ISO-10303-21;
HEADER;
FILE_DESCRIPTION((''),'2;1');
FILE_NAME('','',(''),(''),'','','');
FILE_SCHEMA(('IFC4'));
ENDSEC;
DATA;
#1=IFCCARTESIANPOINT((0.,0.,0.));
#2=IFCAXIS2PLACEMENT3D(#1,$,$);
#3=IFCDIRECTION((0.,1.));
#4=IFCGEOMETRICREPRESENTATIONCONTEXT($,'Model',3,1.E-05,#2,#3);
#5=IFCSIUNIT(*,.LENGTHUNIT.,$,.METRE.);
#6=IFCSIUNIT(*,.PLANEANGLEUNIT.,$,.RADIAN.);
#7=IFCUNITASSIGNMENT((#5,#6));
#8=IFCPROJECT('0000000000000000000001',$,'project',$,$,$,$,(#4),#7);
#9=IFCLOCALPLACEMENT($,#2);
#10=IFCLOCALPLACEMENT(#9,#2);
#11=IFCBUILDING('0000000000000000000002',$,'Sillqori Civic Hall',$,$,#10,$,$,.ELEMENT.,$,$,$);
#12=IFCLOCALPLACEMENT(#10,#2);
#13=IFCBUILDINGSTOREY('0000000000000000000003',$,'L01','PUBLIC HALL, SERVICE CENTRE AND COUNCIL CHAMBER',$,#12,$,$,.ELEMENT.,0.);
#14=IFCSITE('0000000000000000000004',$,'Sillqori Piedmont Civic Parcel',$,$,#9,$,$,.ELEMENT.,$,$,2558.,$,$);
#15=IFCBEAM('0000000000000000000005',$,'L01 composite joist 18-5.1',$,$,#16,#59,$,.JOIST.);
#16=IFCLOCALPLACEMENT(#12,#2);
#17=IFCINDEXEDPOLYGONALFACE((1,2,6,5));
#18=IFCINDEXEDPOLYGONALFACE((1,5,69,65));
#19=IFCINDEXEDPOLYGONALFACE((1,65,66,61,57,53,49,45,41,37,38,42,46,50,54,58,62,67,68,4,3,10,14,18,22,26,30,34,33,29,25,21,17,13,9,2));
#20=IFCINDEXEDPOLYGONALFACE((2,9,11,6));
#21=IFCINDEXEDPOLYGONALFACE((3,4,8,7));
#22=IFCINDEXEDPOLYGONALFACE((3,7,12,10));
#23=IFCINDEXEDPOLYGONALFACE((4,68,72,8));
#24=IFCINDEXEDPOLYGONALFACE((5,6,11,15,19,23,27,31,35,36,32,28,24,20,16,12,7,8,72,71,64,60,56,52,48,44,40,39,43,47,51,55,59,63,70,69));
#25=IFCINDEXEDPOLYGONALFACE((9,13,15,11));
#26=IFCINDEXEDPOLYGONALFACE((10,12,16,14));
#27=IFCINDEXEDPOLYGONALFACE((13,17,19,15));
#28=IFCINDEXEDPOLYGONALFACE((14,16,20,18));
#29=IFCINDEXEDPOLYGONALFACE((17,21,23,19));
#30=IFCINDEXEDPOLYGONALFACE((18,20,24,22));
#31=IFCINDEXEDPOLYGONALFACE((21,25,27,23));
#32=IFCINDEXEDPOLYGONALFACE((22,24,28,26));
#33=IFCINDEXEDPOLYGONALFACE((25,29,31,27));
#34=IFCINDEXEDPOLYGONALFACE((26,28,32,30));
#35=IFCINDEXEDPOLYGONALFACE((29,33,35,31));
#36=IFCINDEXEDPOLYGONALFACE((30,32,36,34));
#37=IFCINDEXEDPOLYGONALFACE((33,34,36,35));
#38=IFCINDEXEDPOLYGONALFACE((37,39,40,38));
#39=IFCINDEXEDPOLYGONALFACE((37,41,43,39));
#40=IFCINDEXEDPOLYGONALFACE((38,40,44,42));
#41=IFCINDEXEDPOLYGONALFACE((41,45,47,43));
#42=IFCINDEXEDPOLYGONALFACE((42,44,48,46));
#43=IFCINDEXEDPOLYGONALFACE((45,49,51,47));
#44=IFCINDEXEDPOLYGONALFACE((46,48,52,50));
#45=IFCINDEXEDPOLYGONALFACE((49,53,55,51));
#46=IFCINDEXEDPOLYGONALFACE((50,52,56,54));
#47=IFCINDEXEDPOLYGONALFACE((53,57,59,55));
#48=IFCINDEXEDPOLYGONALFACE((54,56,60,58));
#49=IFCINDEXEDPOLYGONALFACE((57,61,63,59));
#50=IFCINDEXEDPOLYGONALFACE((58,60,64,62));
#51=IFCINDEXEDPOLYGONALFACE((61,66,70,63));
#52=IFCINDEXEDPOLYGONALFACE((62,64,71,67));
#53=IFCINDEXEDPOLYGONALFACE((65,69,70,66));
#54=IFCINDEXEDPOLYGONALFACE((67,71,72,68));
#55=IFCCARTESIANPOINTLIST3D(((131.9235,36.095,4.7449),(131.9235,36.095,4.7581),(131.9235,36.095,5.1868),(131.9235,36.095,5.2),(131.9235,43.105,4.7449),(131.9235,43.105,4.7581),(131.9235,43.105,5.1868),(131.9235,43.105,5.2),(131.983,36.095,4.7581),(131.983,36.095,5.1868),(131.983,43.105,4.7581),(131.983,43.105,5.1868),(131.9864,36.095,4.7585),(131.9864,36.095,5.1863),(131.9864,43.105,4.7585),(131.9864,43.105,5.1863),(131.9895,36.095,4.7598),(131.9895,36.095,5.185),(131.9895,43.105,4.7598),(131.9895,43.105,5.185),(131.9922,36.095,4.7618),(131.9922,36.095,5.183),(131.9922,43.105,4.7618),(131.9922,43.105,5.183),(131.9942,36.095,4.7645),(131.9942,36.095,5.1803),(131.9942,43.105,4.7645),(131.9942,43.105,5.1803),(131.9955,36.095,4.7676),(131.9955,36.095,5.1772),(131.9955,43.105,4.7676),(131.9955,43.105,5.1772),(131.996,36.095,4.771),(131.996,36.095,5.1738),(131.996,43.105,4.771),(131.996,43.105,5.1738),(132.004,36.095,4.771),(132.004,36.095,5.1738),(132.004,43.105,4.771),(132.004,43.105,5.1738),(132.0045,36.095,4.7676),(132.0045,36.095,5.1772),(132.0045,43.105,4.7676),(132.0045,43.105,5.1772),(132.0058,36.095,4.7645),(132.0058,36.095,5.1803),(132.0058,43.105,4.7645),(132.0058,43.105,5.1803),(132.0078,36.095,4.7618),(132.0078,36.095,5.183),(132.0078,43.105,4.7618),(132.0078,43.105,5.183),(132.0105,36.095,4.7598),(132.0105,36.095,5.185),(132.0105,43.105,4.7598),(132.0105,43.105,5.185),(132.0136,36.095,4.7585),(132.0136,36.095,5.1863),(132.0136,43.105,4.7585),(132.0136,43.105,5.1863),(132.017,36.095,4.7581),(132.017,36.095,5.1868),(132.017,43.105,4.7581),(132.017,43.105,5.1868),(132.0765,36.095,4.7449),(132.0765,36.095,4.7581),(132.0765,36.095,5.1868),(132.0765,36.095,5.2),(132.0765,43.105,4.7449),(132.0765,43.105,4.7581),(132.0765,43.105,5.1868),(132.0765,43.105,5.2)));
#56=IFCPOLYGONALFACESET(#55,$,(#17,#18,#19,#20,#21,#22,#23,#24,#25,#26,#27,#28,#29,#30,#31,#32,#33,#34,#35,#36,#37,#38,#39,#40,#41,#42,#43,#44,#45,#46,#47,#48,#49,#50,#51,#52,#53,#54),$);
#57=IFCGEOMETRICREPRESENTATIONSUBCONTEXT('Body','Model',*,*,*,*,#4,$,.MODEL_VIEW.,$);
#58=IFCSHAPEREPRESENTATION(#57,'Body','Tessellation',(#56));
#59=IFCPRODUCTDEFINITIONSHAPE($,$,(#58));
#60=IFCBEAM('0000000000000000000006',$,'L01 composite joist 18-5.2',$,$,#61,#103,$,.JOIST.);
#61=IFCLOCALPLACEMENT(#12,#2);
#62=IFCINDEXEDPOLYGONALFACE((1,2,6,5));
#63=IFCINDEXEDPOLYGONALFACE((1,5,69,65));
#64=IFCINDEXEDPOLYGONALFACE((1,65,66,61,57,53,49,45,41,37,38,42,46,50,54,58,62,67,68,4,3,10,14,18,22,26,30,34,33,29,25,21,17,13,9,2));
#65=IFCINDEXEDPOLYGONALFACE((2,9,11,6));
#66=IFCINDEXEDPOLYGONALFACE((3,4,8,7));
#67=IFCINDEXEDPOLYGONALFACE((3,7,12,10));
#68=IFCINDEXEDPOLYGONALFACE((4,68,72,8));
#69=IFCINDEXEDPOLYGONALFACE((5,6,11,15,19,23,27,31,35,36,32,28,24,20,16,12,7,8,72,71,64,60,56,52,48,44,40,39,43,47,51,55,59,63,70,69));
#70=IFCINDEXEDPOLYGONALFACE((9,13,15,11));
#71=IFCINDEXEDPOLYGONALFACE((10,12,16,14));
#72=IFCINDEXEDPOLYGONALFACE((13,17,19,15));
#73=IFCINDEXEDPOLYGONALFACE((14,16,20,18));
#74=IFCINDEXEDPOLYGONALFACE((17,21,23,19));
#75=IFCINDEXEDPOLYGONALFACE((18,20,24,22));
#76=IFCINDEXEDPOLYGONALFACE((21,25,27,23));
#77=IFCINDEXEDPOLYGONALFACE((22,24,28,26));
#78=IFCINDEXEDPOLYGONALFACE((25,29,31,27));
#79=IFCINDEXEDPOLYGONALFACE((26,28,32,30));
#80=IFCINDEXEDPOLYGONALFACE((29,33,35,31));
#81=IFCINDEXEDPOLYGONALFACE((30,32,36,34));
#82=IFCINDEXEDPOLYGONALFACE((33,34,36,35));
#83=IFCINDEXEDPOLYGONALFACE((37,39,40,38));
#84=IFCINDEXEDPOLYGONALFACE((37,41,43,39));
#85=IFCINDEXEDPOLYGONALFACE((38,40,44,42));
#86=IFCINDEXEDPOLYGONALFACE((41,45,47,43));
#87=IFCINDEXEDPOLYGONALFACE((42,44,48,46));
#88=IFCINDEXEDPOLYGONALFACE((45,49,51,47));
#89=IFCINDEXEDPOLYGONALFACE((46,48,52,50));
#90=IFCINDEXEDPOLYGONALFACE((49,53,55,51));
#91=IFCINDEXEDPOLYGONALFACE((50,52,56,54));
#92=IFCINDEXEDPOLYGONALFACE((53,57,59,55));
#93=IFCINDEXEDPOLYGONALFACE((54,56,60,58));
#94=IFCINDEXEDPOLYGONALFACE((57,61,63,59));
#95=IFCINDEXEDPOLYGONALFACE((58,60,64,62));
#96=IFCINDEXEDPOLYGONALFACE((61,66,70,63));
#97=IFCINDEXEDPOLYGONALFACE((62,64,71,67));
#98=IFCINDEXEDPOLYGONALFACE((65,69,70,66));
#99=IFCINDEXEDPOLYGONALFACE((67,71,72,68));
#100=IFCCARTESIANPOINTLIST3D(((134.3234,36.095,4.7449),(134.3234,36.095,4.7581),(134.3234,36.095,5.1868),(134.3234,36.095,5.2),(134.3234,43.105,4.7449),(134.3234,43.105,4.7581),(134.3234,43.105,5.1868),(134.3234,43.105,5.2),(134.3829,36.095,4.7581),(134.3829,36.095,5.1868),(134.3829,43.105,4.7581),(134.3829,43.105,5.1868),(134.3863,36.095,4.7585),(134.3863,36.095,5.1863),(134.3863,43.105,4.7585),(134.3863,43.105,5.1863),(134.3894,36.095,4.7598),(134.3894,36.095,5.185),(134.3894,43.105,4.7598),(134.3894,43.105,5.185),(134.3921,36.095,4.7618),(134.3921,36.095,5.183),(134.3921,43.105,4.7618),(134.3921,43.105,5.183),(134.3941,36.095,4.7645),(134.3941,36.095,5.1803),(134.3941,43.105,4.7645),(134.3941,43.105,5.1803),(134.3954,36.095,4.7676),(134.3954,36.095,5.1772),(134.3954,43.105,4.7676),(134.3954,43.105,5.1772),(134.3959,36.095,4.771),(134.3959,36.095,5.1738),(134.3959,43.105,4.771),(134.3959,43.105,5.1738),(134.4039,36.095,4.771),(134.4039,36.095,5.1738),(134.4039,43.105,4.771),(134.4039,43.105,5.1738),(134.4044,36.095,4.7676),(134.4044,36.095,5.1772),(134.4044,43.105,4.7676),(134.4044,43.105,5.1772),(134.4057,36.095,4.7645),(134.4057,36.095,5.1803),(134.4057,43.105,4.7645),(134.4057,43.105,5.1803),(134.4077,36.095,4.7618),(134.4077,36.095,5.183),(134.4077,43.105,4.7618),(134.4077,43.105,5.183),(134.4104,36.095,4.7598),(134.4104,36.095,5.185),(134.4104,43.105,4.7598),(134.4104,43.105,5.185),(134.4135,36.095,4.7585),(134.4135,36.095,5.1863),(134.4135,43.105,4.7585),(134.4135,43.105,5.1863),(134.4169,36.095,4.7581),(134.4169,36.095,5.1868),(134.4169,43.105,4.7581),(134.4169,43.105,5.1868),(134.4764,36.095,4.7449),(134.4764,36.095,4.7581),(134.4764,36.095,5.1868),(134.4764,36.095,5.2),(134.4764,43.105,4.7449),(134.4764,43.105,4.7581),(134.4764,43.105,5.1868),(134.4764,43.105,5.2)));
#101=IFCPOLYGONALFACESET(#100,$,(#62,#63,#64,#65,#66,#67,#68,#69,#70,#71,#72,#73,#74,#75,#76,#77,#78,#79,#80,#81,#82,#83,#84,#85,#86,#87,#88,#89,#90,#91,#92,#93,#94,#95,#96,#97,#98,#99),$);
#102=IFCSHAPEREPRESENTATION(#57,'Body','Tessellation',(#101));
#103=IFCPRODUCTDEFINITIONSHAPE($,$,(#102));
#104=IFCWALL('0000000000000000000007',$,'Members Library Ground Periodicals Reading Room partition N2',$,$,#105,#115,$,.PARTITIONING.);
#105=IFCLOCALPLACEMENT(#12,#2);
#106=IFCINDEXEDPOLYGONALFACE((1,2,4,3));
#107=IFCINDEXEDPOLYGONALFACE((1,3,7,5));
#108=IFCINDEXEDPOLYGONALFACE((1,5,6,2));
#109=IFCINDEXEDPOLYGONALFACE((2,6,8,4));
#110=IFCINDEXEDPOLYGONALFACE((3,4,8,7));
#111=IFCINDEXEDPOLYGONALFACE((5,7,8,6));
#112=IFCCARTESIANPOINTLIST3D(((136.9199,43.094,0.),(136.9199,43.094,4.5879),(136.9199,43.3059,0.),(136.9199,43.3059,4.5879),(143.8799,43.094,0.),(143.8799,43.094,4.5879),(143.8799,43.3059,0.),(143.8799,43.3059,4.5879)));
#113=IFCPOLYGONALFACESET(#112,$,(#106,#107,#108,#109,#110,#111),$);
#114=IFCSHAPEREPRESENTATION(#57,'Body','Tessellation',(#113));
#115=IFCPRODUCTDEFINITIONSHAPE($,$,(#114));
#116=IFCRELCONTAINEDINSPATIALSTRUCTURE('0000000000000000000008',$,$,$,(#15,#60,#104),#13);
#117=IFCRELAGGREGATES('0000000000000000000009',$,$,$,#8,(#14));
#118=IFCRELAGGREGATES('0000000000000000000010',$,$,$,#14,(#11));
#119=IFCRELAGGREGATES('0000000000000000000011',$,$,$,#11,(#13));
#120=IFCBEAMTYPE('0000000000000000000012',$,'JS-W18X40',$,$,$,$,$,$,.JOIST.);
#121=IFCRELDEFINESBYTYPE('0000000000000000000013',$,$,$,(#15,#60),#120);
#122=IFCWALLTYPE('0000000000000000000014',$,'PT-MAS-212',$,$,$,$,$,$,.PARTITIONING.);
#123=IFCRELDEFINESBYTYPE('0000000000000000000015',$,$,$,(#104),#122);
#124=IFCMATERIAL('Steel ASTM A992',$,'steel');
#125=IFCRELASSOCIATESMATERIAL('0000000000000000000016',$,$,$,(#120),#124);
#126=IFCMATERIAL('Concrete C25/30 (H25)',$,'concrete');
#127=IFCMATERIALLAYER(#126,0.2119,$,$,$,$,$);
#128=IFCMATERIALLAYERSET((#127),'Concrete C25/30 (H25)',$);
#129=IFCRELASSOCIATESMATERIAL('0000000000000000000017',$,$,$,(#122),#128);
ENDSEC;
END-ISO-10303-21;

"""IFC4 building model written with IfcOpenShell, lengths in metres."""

from ifc_helpers import new_model, si_unit, direction, frame, frame_2d, origin, origin_2d, place, context, subcontext, project, spatial, rectangle, i_section, extrude, material, layer, layer_set, material_profile, profile_set, type_object, element, save


model = new_model("IFC4")

# Units and contexts
model_context = context("Model", 3, precision=1e-05, world=origin(), true_north=direction((0.0, 1.0)))
body_context = subcontext(model_context, "Body", "Model", "MODEL_VIEW")
ifc_project = project(units=[si_unit("LENGTHUNIT", "METRE"), si_unit("PLANEANGLEUNIT", "RADIAN")], contexts=[model_context])

# Site, building, storey
site_placement = place(None, origin())
site = spatial("IfcSite", under=ifc_project, at=site_placement, Name="Sillqori Piedmont Civic Parcel", CompositionType="ELEMENT", RefElevation=2558.0)
building_placement = place(site_placement, origin())
building = spatial("IfcBuilding", under=site, at=building_placement, Name="Sillqori Civic Hall", CompositionType="ELEMENT")
storey_placement = place(building_placement, origin())
storey = spatial("IfcBuildingStorey", under=building, at=storey_placement, Name="L01", Description="PUBLIC HALL, SERVICE CENTRE AND COUNCIL CHAMBER", CompositionType="ELEMENT", Elevation=0.0)

# Shared definitions
ifc_material_1 = material(Name="Steel ASTM A992", Category="steel")

# Beams
ifc_material_profile_1 = material_profile(ifc_material_1, i_section(OverallWidth=0.1531, OverallDepth=0.4551, WebThickness=0.0081, FlangeThickness=0.0132, FilletRadius=0.0129, at=origin_2d()), Name="W18X40")
ifc_profile_set_1 = profile_set([ifc_material_profile_1], Name="Steel ASTM A992")
beam_type_1 = type_object("IfcBeamType", Name="JS-W18X40", PredefinedType="JOIST", material=ifc_profile_set_1)
for number, where, z_axis, x_axis, name in (
    (1, (132.0, 36.095, 4.9724), (0.0, 1.0, 0.0), (-1.0, 0.0, 0.0), "L01 composite joist 18-5.1"),
    (2, (134.3999, 36.095, 4.9724), (0.0, 1.0, 0.0), (-1.0, 0.0, 0.0), "L01 composite joist 18-5.2"),
):
    element("IfcBeam", number, at=place(storey_placement, frame(where, z_axis=z_axis, x_axis=x_axis)), inside=storey, type_object=beam_type_1, Name=name, PredefinedType="JOIST", context=body_context, shape_type="SweptSolid", body=[
        extrude(i_section(OverallWidth=0.1531, OverallDepth=0.4551, WebThickness=0.0081, FlangeThickness=0.0132, FilletRadius=0.0129, at=origin_2d()), origin(), (0.0, 0.0, 1.0), 7.01),
    ])

# Wall
ifc_material_2 = material(Name="Concrete C25/30 (H25)", Category="concrete")
ifc_layer = layer(ifc_material_2, 0.2119)
ifc_layer_set = layer_set([ifc_layer], Name="Concrete C25/30 (H25)")
wall_type = type_object("IfcWallType", Name="PT-MAS-212", PredefinedType="PARTITIONING", material=ifc_layer_set)
wall_placement = place(storey_placement, frame((136.9199, 43.2, 0.0), z_axis=(0.0, 0.0, 1.0), x_axis=(1.0, 0.0, 0.0)))
element("IfcWall", 3, at=wall_placement, inside=storey, type_object=wall_type, Name="Members Library Ground Periodicals Reading Room partition N2", PredefinedType="PARTITIONING", context=body_context, shape_type="SweptSolid", body=[
    extrude(rectangle(XDim=6.96, YDim=0.2119, at=frame_2d((3.48, 0.0))), origin(), (0.0, 0.0, 1.0), 4.5879),
])

save(model, "model.ifc")
